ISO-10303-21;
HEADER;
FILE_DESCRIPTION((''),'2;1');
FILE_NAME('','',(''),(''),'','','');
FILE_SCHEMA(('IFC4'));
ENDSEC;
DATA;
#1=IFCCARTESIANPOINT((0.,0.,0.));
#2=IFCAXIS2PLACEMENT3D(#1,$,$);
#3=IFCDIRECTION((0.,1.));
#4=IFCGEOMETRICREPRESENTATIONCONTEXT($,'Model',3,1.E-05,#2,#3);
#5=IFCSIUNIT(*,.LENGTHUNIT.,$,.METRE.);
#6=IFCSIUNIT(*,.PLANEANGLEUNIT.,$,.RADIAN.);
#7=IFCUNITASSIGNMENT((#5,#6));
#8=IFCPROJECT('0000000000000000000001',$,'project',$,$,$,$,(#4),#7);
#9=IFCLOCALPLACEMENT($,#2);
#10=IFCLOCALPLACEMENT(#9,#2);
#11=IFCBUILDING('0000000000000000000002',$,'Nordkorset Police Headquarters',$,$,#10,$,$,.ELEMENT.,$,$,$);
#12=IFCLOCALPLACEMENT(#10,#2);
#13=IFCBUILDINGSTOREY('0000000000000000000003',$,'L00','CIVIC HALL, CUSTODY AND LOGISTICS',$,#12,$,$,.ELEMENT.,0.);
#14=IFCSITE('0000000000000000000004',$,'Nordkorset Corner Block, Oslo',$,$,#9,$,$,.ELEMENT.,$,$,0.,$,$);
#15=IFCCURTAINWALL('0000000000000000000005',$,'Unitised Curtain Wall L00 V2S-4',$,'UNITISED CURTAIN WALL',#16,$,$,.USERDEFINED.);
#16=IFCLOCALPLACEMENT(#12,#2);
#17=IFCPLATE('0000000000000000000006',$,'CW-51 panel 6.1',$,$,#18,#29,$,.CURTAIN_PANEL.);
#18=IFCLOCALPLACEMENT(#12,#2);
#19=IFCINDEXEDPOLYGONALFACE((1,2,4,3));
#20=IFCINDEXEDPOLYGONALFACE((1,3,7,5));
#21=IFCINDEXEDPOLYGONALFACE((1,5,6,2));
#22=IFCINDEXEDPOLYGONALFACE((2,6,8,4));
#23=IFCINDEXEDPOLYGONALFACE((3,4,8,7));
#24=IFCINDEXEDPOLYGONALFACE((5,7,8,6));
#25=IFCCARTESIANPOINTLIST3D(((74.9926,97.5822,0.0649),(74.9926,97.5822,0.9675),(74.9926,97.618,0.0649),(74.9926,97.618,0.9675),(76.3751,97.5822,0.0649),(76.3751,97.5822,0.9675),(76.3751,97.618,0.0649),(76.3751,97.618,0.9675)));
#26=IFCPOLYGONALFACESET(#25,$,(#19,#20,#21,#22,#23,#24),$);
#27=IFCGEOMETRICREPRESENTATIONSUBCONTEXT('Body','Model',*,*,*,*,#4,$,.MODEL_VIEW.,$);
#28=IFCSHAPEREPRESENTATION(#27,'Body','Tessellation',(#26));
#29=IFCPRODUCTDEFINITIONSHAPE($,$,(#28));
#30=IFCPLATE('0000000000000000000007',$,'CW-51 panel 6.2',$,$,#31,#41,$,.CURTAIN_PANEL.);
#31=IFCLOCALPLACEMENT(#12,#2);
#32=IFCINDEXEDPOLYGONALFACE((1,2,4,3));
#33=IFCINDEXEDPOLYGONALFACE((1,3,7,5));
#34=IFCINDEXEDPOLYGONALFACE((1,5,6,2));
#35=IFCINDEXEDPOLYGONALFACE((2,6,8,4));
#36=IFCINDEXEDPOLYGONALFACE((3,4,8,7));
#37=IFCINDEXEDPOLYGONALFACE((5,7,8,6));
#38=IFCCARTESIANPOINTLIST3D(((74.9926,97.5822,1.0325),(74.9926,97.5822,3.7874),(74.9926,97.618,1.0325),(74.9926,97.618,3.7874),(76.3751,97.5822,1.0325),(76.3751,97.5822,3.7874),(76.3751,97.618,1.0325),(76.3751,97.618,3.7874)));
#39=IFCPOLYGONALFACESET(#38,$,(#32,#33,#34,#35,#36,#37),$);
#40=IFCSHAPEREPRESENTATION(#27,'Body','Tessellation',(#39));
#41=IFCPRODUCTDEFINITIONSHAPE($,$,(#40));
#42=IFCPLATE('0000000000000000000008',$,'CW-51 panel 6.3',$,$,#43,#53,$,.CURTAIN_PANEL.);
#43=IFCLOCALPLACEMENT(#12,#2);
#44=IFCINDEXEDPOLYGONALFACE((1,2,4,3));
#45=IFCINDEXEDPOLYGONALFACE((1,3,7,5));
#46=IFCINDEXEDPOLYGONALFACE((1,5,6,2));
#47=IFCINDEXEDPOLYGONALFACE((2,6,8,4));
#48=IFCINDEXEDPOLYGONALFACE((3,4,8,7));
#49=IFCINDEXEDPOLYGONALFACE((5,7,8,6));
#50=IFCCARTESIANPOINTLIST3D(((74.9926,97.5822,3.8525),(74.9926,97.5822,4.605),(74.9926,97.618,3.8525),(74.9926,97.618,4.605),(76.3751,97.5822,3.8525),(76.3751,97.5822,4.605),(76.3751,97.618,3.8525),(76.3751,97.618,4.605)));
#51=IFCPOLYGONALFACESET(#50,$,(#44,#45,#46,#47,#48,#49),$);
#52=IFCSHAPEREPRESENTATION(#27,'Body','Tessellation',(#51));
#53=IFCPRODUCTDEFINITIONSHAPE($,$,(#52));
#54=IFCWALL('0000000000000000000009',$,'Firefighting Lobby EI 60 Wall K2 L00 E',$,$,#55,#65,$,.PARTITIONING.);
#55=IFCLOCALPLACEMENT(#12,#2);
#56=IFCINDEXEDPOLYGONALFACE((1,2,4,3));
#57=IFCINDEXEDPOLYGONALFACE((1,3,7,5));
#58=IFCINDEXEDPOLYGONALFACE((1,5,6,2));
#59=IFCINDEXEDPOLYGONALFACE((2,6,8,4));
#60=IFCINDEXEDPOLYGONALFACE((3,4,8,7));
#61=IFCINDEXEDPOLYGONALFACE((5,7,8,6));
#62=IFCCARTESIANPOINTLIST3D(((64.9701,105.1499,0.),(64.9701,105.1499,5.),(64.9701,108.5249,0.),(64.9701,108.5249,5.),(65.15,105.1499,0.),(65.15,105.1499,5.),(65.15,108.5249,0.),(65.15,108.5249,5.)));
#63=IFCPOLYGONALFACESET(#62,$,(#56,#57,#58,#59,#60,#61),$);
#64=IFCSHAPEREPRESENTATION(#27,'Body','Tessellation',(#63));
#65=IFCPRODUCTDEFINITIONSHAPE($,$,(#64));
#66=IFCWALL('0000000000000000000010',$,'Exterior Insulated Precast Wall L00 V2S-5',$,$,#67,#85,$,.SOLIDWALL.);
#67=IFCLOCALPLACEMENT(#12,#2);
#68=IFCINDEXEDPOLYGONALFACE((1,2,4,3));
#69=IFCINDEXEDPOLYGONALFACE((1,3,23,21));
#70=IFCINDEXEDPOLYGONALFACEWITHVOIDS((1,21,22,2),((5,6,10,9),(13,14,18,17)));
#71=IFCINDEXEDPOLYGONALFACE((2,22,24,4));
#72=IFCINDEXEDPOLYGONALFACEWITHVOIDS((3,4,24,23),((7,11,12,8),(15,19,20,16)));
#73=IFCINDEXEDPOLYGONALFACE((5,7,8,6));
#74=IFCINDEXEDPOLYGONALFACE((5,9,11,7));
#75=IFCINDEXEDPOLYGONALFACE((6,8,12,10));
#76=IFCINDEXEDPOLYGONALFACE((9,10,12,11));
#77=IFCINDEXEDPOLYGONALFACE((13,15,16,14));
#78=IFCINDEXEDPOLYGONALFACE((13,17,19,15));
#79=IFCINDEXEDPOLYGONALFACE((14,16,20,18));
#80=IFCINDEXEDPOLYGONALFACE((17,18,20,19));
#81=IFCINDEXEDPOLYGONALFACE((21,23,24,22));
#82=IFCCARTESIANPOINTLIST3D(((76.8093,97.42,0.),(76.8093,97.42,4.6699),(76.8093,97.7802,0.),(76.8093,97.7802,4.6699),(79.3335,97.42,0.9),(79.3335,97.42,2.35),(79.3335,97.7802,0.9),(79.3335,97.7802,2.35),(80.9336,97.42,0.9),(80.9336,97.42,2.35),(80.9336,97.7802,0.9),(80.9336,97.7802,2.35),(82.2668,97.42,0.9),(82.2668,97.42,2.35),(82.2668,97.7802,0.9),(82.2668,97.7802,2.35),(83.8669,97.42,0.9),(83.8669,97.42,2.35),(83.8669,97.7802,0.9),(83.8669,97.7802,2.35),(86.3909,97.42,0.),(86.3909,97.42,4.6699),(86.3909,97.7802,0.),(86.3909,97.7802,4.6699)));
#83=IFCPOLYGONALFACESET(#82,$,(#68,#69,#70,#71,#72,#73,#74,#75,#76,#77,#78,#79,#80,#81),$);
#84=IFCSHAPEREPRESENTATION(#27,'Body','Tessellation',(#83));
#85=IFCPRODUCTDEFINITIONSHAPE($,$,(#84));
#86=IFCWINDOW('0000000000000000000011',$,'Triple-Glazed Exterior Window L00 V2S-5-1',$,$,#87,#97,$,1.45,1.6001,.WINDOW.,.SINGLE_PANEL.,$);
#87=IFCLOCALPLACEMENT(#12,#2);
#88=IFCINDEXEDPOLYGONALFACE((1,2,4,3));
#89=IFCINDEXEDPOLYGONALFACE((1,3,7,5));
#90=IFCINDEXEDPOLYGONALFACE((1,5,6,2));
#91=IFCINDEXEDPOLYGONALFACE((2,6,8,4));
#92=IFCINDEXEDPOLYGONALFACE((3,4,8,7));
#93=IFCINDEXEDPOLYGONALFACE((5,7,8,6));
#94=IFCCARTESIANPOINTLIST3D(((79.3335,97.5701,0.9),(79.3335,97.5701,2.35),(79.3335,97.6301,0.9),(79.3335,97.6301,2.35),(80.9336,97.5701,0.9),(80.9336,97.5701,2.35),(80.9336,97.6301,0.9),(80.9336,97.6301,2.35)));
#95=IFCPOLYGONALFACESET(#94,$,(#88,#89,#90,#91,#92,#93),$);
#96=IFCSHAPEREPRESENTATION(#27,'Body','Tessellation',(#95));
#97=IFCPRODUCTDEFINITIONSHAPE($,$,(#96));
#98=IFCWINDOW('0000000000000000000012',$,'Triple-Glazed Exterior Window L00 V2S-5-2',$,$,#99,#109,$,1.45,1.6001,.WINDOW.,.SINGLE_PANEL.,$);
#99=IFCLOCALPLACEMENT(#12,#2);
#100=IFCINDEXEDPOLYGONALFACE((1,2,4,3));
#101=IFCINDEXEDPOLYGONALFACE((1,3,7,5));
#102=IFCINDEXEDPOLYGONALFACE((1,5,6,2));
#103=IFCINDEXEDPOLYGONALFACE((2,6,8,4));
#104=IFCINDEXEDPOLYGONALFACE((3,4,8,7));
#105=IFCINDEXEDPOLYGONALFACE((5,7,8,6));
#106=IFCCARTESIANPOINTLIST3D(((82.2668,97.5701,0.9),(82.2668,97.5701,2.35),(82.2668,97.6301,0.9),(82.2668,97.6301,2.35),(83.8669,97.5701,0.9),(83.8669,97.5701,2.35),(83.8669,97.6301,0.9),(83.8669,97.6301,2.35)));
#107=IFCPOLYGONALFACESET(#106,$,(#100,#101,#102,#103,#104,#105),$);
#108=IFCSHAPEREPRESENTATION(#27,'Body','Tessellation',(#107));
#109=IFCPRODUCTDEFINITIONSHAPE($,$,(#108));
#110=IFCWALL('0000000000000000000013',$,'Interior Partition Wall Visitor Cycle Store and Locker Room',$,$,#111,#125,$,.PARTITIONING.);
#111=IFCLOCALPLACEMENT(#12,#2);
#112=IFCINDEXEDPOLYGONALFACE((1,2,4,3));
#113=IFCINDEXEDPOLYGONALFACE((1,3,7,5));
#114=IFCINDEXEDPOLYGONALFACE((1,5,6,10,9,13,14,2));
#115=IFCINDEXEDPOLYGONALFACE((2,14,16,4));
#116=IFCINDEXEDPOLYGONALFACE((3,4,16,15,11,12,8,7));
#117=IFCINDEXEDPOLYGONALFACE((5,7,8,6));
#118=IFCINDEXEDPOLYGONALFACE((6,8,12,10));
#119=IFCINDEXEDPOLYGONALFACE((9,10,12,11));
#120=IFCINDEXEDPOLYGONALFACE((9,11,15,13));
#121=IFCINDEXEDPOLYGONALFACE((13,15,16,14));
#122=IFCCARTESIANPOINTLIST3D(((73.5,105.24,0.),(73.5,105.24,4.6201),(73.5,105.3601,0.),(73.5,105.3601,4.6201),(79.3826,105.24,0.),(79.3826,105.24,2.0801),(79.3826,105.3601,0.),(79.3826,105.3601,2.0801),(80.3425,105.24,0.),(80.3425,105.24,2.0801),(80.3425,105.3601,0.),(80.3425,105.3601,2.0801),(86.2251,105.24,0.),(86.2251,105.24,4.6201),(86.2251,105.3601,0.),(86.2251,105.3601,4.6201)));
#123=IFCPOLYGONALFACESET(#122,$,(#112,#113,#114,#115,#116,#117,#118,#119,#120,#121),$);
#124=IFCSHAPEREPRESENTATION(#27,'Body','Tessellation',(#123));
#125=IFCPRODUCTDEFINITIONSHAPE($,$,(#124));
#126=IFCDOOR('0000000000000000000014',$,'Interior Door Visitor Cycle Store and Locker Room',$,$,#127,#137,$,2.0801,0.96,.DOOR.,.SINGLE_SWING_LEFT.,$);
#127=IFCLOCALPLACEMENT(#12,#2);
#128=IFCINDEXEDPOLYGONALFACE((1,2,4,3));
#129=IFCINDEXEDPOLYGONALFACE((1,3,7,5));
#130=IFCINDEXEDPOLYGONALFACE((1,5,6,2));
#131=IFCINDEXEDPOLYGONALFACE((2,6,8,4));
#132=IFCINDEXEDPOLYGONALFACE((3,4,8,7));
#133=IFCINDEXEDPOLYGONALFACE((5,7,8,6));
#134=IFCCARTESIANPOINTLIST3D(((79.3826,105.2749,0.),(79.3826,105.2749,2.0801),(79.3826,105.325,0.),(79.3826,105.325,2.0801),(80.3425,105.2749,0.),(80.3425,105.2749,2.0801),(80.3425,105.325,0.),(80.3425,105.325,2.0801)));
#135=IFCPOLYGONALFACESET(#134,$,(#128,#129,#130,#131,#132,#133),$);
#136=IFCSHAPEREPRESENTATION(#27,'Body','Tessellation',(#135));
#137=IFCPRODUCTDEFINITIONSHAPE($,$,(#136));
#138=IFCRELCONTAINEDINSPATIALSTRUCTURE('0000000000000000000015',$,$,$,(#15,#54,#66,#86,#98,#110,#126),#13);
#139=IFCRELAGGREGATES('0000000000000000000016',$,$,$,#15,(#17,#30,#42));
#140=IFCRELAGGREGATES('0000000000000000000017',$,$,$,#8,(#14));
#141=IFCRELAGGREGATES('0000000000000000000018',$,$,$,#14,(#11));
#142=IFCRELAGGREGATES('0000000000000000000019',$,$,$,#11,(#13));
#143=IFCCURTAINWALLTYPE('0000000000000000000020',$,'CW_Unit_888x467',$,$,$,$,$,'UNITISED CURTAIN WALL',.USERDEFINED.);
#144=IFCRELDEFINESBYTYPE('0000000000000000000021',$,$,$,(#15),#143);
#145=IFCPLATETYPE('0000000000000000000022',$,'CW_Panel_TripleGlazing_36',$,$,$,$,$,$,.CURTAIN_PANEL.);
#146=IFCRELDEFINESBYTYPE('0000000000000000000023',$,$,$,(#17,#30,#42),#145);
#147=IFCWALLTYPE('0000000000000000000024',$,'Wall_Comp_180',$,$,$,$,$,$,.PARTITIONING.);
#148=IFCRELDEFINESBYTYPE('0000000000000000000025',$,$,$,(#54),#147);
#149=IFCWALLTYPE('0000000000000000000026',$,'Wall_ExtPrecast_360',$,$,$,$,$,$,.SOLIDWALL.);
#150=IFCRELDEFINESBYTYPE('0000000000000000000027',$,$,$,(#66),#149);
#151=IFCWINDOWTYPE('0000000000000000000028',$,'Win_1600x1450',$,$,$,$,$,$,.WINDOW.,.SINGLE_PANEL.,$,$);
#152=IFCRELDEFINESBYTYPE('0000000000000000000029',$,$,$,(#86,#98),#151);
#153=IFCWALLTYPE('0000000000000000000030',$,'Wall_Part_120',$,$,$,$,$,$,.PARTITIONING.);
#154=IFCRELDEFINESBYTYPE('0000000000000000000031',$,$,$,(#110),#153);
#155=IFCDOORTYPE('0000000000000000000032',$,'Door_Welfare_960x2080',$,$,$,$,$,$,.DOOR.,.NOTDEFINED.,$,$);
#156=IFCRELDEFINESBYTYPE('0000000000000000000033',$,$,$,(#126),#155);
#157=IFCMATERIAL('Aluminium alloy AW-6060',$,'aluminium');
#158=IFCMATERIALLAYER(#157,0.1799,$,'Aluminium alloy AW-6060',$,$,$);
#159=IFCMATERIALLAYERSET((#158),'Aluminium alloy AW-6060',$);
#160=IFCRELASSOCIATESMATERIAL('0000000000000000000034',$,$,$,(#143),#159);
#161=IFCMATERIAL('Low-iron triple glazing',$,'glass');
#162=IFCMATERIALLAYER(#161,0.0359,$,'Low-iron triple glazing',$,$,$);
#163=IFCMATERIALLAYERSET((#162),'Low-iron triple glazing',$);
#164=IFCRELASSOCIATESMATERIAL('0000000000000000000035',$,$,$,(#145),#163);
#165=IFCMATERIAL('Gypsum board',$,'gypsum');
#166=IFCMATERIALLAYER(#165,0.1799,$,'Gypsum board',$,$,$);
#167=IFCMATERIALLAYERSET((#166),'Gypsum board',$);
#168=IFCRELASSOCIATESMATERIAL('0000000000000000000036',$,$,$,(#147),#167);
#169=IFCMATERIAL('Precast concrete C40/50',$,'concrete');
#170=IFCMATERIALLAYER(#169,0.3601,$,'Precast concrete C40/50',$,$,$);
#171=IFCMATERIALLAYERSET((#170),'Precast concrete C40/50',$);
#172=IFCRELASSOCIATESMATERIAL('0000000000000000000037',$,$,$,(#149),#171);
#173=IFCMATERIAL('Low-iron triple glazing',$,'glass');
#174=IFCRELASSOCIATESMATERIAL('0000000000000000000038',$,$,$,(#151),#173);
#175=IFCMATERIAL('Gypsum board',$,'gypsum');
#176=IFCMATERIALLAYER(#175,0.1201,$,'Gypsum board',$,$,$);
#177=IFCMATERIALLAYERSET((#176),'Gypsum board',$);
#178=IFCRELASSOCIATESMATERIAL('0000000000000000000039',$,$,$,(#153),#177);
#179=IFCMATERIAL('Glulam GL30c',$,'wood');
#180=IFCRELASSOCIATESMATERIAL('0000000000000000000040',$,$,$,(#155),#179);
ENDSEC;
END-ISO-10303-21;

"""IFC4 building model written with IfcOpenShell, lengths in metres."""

from ifc_helpers import new_model, si_unit, direction, frame, frame_2d, origin, origin_2d, place, context, subcontext, project, spatial, rectangle, extrude, material, layer, layer_set, type_object, element, fill, aggregate, save


model = new_model("IFC4")

# Units and contexts
model_context = context("Model", 3, precision=1e-05, world=origin(), true_north=direction((0.0, 1.0)))
body_context = subcontext(model_context, "Body", "Model", "MODEL_VIEW")
ifc_project = project(units=[si_unit("LENGTHUNIT", "METRE"), si_unit("PLANEANGLEUNIT", "RADIAN")], contexts=[model_context])

# Site, building, storey
site_placement = place(None, origin())
site = spatial("IfcSite", under=ifc_project, at=site_placement, Name="Nordkorset Corner Block, Oslo", CompositionType="ELEMENT", RefElevation=0.0)
building_placement = place(site_placement, origin())
building = spatial("IfcBuilding", under=site, at=building_placement, Name="Nordkorset Police Headquarters", CompositionType="ELEMENT")
storey_placement = place(building_placement, origin())
storey = spatial("IfcBuildingStorey", under=building, at=storey_placement, Name="L00", Description="CIVIC HALL, CUSTODY AND LOGISTICS", CompositionType="ELEMENT", Elevation=0.0)

# Curtain wall
ifc_material_1 = material(Name="Aluminium alloy AW-6060", Category="aluminium")
ifc_layer_1 = layer(ifc_material_1, 0.1799, Name="Aluminium alloy AW-6060")
ifc_layer_set_1 = layer_set([ifc_layer_1], Name="Aluminium alloy AW-6060")
curtain_wall_type = type_object("IfcCurtainWallType", Name="CW_Unit_888x467", ElementType="UNITISED CURTAIN WALL", PredefinedType="USERDEFINED", material=ifc_layer_set_1)
curtain_wall_placement = place(storey_placement, origin())
curtain_wall = element("IfcCurtainWall", 1, at=curtain_wall_placement, inside=storey, type_object=curtain_wall_type, Name="Unitised Curtain Wall L00 V2S-4", ObjectType="UNITISED CURTAIN WALL", PredefinedType="USERDEFINED")

# Plates
ifc_material_2 = material(Name="Low-iron triple glazing", Category="glass")
ifc_layer_2 = layer(ifc_material_2, 0.0359, Name="Low-iron triple glazing")
ifc_layer_set_2 = layer_set([ifc_layer_2], Name="Low-iron triple glazing")
plate_type = type_object("IfcPlateType", Name="CW_Panel_TripleGlazing_36", PredefinedType="CURTAIN_PANEL", material=ifc_layer_set_2)
plate_1_placement = place(storey_placement, frame((75.6838, 97.6001, 0.0649), z_axis=(0.0, 0.0, 1.0), x_axis=(1.0, 0.0, 0.0)))
plate_1 = element("IfcPlate", 2, at=plate_1_placement, type_object=plate_type, Name="CW-51 panel 6.1", PredefinedType="CURTAIN_PANEL", context=body_context, shape_type="SweptSolid", body=[
    extrude(rectangle(XDim=1.3826, YDim=0.0359, at=origin_2d()), origin(), (0.0, 0.0, 1.0), 0.9026),
])
plate_2_placement = place(storey_placement, frame((75.6838, 97.6001, 1.0325), z_axis=(0.0, 0.0, 1.0), x_axis=(1.0, 0.0, 0.0)))
plate_2 = element("IfcPlate", 3, at=plate_2_placement, type_object=plate_type, Name="CW-51 panel 6.2", PredefinedType="CURTAIN_PANEL", context=body_context, shape_type="SweptSolid", body=[
    extrude(rectangle(XDim=1.3826, YDim=0.0359, at=origin_2d()), origin(), (0.0, 0.0, 1.0), 2.7549),
])
plate_3_placement = place(storey_placement, frame((75.6838, 97.6001, 3.8525), z_axis=(0.0, 0.0, 1.0), x_axis=(1.0, 0.0, 0.0)))
plate_3 = element("IfcPlate", 4, at=plate_3_placement, type_object=plate_type, Name="CW-51 panel 6.3", PredefinedType="CURTAIN_PANEL", context=body_context, shape_type="SweptSolid", body=[
    extrude(rectangle(XDim=1.3826, YDim=0.0359, at=origin_2d()), origin(), (0.0, 0.0, 1.0), 0.7524),
])
aggregate(curtain_wall, [plate_1, plate_2, plate_3])

# Wall
ifc_material_3 = material(Name="Gypsum board", Category="gypsum")
ifc_layer_3 = layer(ifc_material_3, 0.1799, Name="Gypsum board")
ifc_layer_set_3 = layer_set([ifc_layer_3], Name="Gypsum board")
wall_type_1 = type_object("IfcWallType", Name="Wall_Comp_180", PredefinedType="PARTITIONING", material=ifc_layer_set_3)
wall_1_placement = place(storey_placement, frame((65.0601, 105.1499, 0.0), z_axis=(0.0, 0.0, 1.0), x_axis=(0.0, 1.0, 0.0)))
element("IfcWall", 5, at=wall_1_placement, inside=storey, type_object=wall_type_1, Name="Firefighting Lobby EI 60 Wall K2 L00 E", PredefinedType="PARTITIONING", context=body_context, shape_type="SweptSolid", body=[
    extrude(rectangle(XDim=3.375, YDim=0.1799, at=frame_2d((1.6875, 0.0))), origin(), (0.0, 0.0, 1.0), 5.0),
])

# Wall, openings, windows
ifc_material_4 = material(Name="Precast concrete C40/50", Category="concrete")
ifc_layer_4 = layer(ifc_material_4, 0.3601, Name="Precast concrete C40/50")
ifc_layer_set_4 = layer_set([ifc_layer_4], Name="Precast concrete C40/50")
wall_type_2 = type_object("IfcWallType", Name="Wall_ExtPrecast_360", PredefinedType="SOLIDWALL", material=ifc_layer_set_4)
wall_2_placement = place(storey_placement, frame((76.8093, 97.6001, 0.0), z_axis=(0.0, 0.0, 1.0), x_axis=(1.0, 0.0, 0.0)))
wall_2 = element("IfcWall", 6, at=wall_2_placement, inside=storey, type_object=wall_type_2, Name="Exterior Insulated Precast Wall L00 V2S-5", PredefinedType="SOLIDWALL", context=body_context, shape_type="SweptSolid", body=[
    extrude(rectangle(XDim=9.5815, YDim=0.3601, at=frame_2d((4.7908, 0.0))), origin(), (0.0, 0.0, 1.0), 4.6699),
])
opening_1_placement = place(wall_2_placement, frame((2.5242, 0.0, 0.8999)))
opening_1 = element("IfcOpeningElement", 7, at=opening_1_placement, cuts=wall_2, PredefinedType="OPENING", context=body_context, shape_type="SweptSolid", body=[
    extrude(rectangle(XDim=1.6001, YDim=1.45, at=frame_2d((0.8, 0.7251))), frame((0.0, 0.1899, 0.0), z_axis=(0.0, -1.0, 0.0), x_axis=(1.0, 0.0, 0.0)), (0.0, 0.0, 1.0), 0.3801),
])
opening_2_placement = place(wall_2_placement, frame((5.4575, 0.0, 0.8999)))
opening_2 = element("IfcOpeningElement", 8, at=opening_2_placement, cuts=wall_2, PredefinedType="OPENING", context=body_context, shape_type="SweptSolid", body=[
    extrude(rectangle(XDim=1.6001, YDim=1.45, at=frame_2d((0.8, 0.7251))), frame((0.0, 0.1899, 0.0), z_axis=(0.0, -1.0, 0.0), x_axis=(1.0, 0.0, 0.0)), (0.0, 0.0, 1.0), 0.3801),
])
ifc_material_5 = material(Name="Low-iron triple glazing", Category="glass")
window_type = type_object("IfcWindowType", Name="Win_1600x1450", PartitioningType="SINGLE_PANEL", PredefinedType="WINDOW", material=ifc_material_5)
window_1_placement = place(opening_1_placement, origin())
window_1 = element("IfcWindow", 9, at=window_1_placement, inside=storey, type_object=window_type, Name="Triple-Glazed Exterior Window L00 V2S-5-1", OverallHeight=1.45, OverallWidth=1.6001, PartitioningType="SINGLE_PANEL", PredefinedType="WINDOW", context=body_context, shape_type="SweptSolid", body=[
    extrude(rectangle(XDim=1.6001, YDim=1.45, at=frame_2d((0.8, 0.7251))), frame((0.0, 0.03, 0.0), z_axis=(0.0, -1.0, 0.0), x_axis=(1.0, 0.0, 0.0)), (0.0, 0.0, 1.0), 0.0601),
])
fill(opening_1, window_1)
window_2_placement = place(opening_2_placement, origin())
window_2 = element("IfcWindow", 10, at=window_2_placement, inside=storey, type_object=window_type, Name="Triple-Glazed Exterior Window L00 V2S-5-2", OverallHeight=1.45, OverallWidth=1.6001, PartitioningType="SINGLE_PANEL", PredefinedType="WINDOW", context=body_context, shape_type="SweptSolid", body=[
    extrude(rectangle(XDim=1.6001, YDim=1.45, at=frame_2d((0.8, 0.7251))), frame((0.0, 0.03, 0.0), z_axis=(0.0, -1.0, 0.0), x_axis=(1.0, 0.0, 0.0)), (0.0, 0.0, 1.0), 0.0601),
])
fill(opening_2, window_2)

# Wall, opening, door
ifc_material_6 = material(Name="Gypsum board", Category="gypsum")
ifc_layer_5 = layer(ifc_material_6, 0.1201, Name="Gypsum board")
ifc_layer_set_5 = layer_set([ifc_layer_5], Name="Gypsum board")
wall_type_3 = type_object("IfcWallType", Name="Wall_Part_120", PredefinedType="PARTITIONING", material=ifc_layer_set_5)
wall_3_placement = place(storey_placement, frame((73.5, 105.3, 0.0), z_axis=(0.0, 0.0, 1.0), x_axis=(1.0, 0.0, 0.0)))
wall_3 = element("IfcWall", 11, at=wall_3_placement, inside=storey, type_object=wall_type_3, Name="Interior Partition Wall Visitor Cycle Store and Locker Room", PredefinedType="PARTITIONING", context=body_context, shape_type="SweptSolid", body=[
    extrude(rectangle(XDim=12.7251, YDim=0.1201, at=frame_2d((6.3625, 0.0))), origin(), (0.0, 0.0, 1.0), 4.6201),
])
opening_3_placement = place(wall_3_placement, frame((5.8826, 0.0, 0.0)))
opening_3 = element("IfcOpeningElement", 12, at=opening_3_placement, cuts=wall_3, PredefinedType="OPENING", context=body_context, shape_type="SweptSolid", body=[
    extrude(rectangle(XDim=0.96, YDim=2.0801, at=frame_2d((0.48, 1.04))), frame((0.0, 0.0701, 0.0), z_axis=(0.0, -1.0, 0.0), x_axis=(1.0, 0.0, 0.0)), (0.0, 0.0, 1.0), 0.1401),
])
ifc_material_7 = material(Name="Glulam GL30c", Category="wood")
door_type = type_object("IfcDoorType", Name="Door_Welfare_960x2080", OperationType="NOTDEFINED", PredefinedType="DOOR", material=ifc_material_7)
door_placement = place(opening_3_placement, origin())
door = element("IfcDoor", 13, at=door_placement, inside=storey, type_object=door_type, Name="Interior Door Visitor Cycle Store and Locker Room", OperationType="SINGLE_SWING_LEFT", OverallHeight=2.0801, OverallWidth=0.96, PredefinedType="DOOR", context=body_context, shape_type="SweptSolid", body=[
    extrude(rectangle(XDim=0.96, YDim=2.0801, at=frame_2d((0.48, 1.04))), frame((0.0, 0.0249, 0.0), z_axis=(0.0, -1.0, 0.0), x_axis=(1.0, 0.0, 0.0)), (0.0, 0.0, 1.0), 0.05),
])
fill(opening_3, door)

save(model, "model.ifc")
